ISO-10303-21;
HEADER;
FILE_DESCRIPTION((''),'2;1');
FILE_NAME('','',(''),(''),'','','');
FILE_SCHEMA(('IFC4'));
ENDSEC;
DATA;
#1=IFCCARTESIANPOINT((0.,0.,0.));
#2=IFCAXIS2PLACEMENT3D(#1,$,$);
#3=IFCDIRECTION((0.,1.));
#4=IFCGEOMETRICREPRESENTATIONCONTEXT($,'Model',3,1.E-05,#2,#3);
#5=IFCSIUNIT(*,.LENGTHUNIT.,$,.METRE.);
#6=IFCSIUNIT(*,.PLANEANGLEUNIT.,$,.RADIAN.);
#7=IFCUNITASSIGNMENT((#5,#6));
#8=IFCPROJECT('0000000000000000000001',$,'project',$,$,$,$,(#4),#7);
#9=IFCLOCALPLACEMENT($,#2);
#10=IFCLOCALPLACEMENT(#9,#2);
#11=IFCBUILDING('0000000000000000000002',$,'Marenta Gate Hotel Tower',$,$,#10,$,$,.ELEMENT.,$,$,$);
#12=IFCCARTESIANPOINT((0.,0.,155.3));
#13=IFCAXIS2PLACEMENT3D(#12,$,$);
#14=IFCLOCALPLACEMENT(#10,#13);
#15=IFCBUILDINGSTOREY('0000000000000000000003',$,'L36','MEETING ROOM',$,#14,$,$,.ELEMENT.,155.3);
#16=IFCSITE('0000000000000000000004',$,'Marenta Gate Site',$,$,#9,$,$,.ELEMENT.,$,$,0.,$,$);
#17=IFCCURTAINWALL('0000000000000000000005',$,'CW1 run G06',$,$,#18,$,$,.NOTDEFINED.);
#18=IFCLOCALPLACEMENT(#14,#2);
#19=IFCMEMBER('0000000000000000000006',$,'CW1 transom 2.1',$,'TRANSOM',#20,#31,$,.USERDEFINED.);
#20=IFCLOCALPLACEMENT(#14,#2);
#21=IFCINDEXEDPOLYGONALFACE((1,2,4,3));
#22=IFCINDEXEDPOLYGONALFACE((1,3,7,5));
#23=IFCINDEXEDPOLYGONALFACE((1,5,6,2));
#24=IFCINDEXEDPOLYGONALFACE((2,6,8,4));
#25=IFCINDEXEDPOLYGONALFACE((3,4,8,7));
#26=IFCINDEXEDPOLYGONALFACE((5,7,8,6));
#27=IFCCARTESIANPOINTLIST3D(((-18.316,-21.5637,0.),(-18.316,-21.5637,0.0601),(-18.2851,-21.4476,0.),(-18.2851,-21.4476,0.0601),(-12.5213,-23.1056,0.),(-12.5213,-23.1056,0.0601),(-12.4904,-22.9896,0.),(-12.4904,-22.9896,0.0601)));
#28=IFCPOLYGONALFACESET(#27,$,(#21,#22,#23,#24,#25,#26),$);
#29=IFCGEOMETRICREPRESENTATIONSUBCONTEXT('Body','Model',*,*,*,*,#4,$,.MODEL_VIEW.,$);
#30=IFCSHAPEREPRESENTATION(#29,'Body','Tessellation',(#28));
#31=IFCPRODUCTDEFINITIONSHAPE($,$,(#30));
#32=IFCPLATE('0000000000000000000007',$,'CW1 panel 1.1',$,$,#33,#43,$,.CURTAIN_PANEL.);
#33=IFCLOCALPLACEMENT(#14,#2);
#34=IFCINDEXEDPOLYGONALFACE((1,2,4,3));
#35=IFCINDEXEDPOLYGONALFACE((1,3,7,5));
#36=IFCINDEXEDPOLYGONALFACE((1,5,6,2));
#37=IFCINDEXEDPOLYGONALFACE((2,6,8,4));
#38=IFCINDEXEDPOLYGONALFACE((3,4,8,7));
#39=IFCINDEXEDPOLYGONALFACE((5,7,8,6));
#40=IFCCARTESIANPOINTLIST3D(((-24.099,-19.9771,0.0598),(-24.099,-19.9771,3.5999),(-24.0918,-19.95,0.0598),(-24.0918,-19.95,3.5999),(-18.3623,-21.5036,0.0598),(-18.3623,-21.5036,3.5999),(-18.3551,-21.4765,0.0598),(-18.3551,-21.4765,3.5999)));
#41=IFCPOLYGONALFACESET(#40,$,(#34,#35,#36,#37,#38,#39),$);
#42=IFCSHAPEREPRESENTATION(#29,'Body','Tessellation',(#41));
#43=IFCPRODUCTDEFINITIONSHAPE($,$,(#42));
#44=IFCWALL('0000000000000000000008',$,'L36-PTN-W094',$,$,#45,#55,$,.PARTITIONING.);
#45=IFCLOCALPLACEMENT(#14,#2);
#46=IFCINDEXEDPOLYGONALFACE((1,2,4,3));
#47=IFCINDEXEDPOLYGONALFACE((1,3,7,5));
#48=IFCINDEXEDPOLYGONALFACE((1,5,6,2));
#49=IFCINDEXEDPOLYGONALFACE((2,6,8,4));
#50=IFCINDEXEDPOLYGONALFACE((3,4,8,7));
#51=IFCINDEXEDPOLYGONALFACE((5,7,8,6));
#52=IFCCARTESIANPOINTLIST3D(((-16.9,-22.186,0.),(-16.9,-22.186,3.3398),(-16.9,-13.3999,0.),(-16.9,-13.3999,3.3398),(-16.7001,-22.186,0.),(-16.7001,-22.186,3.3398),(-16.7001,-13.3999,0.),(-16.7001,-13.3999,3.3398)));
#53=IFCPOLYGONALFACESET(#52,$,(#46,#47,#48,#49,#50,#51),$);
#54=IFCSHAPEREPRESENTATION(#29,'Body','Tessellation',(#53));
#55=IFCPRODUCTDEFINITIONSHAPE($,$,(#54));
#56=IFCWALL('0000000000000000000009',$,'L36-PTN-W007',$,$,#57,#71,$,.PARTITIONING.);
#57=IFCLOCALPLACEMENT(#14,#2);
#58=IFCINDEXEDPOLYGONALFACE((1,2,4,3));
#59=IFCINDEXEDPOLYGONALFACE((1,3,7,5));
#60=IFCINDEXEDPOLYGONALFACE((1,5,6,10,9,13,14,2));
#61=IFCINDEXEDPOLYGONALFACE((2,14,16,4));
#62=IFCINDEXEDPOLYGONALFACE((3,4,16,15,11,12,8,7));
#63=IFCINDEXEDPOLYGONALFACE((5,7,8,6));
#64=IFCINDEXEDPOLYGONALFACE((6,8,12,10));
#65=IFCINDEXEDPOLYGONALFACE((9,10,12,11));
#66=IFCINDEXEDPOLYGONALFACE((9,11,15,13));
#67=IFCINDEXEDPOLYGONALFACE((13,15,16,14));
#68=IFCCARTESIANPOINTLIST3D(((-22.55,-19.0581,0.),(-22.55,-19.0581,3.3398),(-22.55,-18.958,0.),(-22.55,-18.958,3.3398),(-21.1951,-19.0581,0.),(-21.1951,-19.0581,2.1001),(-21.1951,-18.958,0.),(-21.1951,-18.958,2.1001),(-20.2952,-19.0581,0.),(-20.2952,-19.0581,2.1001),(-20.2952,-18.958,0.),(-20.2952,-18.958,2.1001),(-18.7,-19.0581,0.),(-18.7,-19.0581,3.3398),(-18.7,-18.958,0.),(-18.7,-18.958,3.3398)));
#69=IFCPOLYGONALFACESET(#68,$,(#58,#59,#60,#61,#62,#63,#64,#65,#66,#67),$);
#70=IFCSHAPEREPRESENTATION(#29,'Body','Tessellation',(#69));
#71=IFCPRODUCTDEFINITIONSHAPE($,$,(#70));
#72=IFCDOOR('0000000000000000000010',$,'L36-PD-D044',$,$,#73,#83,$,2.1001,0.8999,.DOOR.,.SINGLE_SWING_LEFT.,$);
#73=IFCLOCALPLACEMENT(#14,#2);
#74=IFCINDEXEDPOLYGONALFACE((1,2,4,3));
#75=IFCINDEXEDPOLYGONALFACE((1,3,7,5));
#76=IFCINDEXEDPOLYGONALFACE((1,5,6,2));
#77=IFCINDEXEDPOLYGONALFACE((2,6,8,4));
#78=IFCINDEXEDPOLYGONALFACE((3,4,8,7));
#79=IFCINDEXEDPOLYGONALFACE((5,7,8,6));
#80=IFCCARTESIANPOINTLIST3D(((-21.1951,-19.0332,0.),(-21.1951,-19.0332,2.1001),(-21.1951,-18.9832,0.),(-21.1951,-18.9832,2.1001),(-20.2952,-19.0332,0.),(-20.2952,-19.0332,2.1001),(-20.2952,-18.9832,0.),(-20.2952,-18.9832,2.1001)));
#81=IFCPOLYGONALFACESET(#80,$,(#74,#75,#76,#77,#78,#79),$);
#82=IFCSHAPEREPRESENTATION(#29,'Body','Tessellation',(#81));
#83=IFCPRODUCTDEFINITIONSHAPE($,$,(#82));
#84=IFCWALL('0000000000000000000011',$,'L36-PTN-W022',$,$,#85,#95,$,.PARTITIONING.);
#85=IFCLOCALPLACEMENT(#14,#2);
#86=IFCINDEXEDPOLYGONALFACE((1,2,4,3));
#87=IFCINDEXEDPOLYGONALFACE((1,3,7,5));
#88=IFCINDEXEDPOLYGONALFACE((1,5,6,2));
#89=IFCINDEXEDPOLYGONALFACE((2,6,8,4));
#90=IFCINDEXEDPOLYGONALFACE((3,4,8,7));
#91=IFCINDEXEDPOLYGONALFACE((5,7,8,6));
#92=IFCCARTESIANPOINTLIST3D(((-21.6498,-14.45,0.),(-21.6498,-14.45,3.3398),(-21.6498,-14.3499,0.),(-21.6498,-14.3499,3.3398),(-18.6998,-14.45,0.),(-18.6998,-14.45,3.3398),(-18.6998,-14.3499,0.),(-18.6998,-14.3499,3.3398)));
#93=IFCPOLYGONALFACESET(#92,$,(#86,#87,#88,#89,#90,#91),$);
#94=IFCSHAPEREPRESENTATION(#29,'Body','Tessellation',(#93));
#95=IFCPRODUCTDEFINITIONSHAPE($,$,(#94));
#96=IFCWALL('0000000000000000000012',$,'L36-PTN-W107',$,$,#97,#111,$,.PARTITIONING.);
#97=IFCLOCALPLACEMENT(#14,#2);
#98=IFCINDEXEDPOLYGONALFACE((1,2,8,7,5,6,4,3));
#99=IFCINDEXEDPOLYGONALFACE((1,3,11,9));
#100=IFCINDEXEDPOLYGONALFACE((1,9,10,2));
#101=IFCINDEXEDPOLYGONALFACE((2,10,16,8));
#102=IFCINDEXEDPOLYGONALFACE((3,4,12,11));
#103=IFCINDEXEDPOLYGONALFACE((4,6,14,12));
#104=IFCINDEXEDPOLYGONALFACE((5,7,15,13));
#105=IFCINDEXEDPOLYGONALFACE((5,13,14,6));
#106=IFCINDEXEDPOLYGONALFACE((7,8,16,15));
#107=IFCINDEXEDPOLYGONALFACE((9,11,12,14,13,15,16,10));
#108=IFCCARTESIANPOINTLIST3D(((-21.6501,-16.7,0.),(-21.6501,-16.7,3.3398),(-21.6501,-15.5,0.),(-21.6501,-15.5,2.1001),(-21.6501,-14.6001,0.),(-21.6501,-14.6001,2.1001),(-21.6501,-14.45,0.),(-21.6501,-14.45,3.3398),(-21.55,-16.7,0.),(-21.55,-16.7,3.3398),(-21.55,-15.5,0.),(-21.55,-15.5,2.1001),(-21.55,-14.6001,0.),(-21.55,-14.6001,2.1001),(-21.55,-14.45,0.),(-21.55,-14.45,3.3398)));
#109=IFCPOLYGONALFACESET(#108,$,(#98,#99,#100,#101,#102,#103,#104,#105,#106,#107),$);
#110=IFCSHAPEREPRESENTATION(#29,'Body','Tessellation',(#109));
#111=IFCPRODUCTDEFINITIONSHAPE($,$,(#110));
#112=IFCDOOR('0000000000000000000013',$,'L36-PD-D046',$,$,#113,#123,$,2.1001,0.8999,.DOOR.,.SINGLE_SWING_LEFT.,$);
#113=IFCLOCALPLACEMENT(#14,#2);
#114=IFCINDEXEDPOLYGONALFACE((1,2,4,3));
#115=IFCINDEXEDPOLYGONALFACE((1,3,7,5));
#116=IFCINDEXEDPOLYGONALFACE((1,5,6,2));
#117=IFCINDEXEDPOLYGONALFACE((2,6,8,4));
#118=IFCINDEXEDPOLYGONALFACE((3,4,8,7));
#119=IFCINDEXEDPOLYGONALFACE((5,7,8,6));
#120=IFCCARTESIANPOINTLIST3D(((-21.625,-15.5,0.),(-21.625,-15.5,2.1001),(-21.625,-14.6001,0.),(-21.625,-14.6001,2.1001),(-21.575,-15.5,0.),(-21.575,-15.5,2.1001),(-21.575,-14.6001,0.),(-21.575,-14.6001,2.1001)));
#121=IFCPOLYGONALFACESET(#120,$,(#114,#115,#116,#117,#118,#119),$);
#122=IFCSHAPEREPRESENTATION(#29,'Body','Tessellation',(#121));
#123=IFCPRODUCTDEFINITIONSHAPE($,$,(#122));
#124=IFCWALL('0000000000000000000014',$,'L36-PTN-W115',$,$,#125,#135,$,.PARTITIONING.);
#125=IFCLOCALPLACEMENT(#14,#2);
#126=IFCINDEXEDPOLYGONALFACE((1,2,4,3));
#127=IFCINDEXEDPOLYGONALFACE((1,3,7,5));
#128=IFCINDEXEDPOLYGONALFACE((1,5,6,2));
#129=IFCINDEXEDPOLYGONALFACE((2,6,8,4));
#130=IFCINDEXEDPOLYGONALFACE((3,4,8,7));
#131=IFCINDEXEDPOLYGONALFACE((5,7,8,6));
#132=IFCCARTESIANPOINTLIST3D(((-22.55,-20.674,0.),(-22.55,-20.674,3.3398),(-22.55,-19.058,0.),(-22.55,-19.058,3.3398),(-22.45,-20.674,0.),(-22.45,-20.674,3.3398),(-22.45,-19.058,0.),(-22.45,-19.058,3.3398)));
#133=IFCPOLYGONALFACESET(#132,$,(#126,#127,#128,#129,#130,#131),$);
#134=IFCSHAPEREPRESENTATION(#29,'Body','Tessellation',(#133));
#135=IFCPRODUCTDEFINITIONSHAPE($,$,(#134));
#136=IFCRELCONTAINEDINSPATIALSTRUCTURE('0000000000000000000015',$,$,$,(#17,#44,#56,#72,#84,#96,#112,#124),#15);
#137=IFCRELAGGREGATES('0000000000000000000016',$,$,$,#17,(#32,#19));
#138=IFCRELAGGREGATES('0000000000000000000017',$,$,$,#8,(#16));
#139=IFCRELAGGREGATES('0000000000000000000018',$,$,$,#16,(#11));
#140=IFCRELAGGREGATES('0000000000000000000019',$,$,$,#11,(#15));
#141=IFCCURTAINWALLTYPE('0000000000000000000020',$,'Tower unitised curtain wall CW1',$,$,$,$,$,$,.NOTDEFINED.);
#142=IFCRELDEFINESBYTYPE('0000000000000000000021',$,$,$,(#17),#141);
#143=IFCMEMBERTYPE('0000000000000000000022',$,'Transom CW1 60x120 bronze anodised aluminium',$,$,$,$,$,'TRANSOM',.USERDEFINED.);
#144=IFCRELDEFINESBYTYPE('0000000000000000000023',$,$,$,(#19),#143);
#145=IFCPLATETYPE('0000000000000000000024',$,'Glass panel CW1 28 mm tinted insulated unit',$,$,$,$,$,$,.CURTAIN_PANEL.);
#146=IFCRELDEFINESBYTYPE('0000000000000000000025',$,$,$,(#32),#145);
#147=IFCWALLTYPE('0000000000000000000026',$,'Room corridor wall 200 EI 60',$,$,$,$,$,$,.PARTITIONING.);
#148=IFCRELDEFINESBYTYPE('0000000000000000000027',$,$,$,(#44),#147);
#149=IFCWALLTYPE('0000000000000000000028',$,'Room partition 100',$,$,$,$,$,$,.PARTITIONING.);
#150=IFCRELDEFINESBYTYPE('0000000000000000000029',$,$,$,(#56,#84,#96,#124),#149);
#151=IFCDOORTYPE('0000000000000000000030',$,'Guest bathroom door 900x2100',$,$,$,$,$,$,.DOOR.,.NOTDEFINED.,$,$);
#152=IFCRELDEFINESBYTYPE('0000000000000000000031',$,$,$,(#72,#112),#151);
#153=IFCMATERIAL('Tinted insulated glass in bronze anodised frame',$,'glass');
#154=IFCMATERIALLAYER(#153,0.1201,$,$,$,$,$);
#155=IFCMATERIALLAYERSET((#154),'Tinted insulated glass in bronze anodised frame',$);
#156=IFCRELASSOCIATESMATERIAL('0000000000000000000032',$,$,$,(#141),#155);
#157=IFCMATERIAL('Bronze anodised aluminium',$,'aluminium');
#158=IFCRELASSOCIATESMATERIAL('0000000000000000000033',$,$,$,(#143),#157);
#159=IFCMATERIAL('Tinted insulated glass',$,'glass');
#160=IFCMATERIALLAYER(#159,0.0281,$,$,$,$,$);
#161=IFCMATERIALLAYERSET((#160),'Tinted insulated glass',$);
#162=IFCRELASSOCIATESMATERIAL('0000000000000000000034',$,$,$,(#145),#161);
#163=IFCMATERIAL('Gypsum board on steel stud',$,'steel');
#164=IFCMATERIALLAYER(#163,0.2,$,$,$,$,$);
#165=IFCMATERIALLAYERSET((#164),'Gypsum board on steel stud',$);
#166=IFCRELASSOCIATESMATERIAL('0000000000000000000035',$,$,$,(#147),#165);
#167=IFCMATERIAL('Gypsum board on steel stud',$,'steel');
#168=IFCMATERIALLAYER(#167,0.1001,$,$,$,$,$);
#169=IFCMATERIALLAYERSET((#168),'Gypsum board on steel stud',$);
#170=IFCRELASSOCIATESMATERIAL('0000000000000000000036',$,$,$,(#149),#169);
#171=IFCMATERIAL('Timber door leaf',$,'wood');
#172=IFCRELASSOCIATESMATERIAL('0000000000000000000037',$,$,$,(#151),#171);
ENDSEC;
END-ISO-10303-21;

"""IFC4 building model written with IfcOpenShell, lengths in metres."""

from ifc_helpers import new_model, si_unit, direction, frame, frame_2d, origin, origin_2d, place, context, subcontext, project, spatial, rectangle, extrude, material, layer, layer_set, material_profile, profile_set, type_object, element, fill, aggregate, save


model = new_model("IFC4")

# Units and contexts
model_context = context("Model", 3, precision=1e-05, world=origin(), true_north=direction((0.0, 1.0)))
body_context = subcontext(model_context, "Body", "Model", "MODEL_VIEW")
ifc_project = project(units=[si_unit("LENGTHUNIT", "METRE"), si_unit("PLANEANGLEUNIT", "RADIAN")], contexts=[model_context])

# Site, building, storey
site_placement = place(None, origin())
site = spatial("IfcSite", under=ifc_project, at=site_placement, Name="Marenta Gate Site", CompositionType="ELEMENT", RefElevation=0.0)
building_placement = place(site_placement, origin())
building = spatial("IfcBuilding", under=site, at=building_placement, Name="Marenta Gate Hotel Tower", CompositionType="ELEMENT")
storey_placement = place(building_placement, frame((0.0, 0.0, 155.3)))
storey = spatial("IfcBuildingStorey", under=building, at=storey_placement, Name="L36", Description="MEETING ROOM", CompositionType="ELEMENT", Elevation=155.3)

# Curtain wall, member, plate
ifc_material_1 = material(Name="Tinted insulated glass in bronze anodised frame", Category="glass")
ifc_layer_1 = layer(ifc_material_1, 0.1201)
ifc_layer_set_1 = layer_set([ifc_layer_1], Name="Tinted insulated glass in bronze anodised frame")
curtain_wall_type = type_object("IfcCurtainWallType", Name="Tower unitised curtain wall CW1", PredefinedType="NOTDEFINED", material=ifc_layer_set_1)
curtain_wall_placement = place(storey_placement, origin())
curtain_wall = element("IfcCurtainWall", 1, at=curtain_wall_placement, inside=storey, type_object=curtain_wall_type, Name="CW1 run G06", PredefinedType="NOTDEFINED")
ifc_material_2 = material(Name="Bronze anodised aluminium", Category="aluminium")
ifc_material_profile_1 = material_profile(ifc_material_2, rectangle(XDim=0.1201, YDim=0.0601, at=origin_2d()), Name="Transom CW1 60x120 bronze anodised aluminium")
ifc_profile_set_1 = profile_set([ifc_material_profile_1], Name="Bronze anodised aluminium")
member_type_1 = type_object("IfcMemberType", Name="Transom CW1 60x120 bronze anodised aluminium", ElementType="TRANSOM", PredefinedType="USERDEFINED", material=ifc_profile_set_1)
member_1_placement = place(storey_placement, frame((-18.3005, -21.5056, 0.03), z_axis=(0.96637, -0.257156, 0.0), x_axis=(0.257156, 0.96637, 0.0)))
member_1 = element("IfcMember", 2, at=member_1_placement, type_object=member_type_1, Name="CW1 transom 2.1", ObjectType="TRANSOM", PredefinedType="USERDEFINED", context=body_context, shape_type="SweptSolid", body=[
    extrude(rectangle(XDim=0.1201, YDim=0.0601, at=origin_2d()), origin(), (0.0, 0.0, 1.0), 5.9963),
])
ifc_material_3 = material(Name="Tinted insulated glass", Category="glass")
ifc_layer_2 = layer(ifc_material_3, 0.0281)
ifc_layer_set_2 = layer_set([ifc_layer_2], Name="Tinted insulated glass")
plate_type = type_object("IfcPlateType", Name="Glass panel CW1 28 mm tinted insulated unit", PredefinedType="CURTAIN_PANEL", material=ifc_layer_set_2)
plate_placement = place(storey_placement, frame((-21.2271, -20.7268, 0.0598), z_axis=(0.0, 0.0, 1.0), x_axis=(0.966373, -0.257144, 0.0)))
plate = element("IfcPlate", 3, at=plate_placement, type_object=plate_type, Name="CW1 panel 1.1", PredefinedType="CURTAIN_PANEL", context=body_context, shape_type="SweptSolid", body=[
    extrude(rectangle(XDim=5.9363, YDim=0.0281, at=origin_2d()), origin(), (0.0, 0.0, 1.0), 3.54),
])
aggregate(curtain_wall, [plate, member_1])

# Wall
ifc_material_4 = material(Name="Gypsum board on steel stud", Category="steel")
ifc_layer_3 = layer(ifc_material_4, 0.2)
ifc_layer_set_3 = layer_set([ifc_layer_3], Name="Gypsum board on steel stud")
wall_type_1 = type_object("IfcWallType", Name="Room corridor wall 200 EI 60", PredefinedType="PARTITIONING", material=ifc_layer_set_3)
wall_1_placement = place(storey_placement, frame((-16.8, -22.186, 0.0), z_axis=(0.0, 0.0, 1.0), x_axis=(0.0, 1.0, 0.0)))
element("IfcWall", 4, at=wall_1_placement, inside=storey, type_object=wall_type_1, Name="L36-PTN-W094", PredefinedType="PARTITIONING", context=body_context, shape_type="SweptSolid", body=[
    extrude(rectangle(XDim=8.7861, YDim=0.2, at=frame_2d((4.3931, 0.0))), origin(), (0.0, 0.0, 1.0), 3.3398),
])

# Wall, opening, door
ifc_material_5 = material(Name="Gypsum board on steel stud", Category="steel")
ifc_layer_4 = layer(ifc_material_5, 0.1001)
ifc_layer_set_4 = layer_set([ifc_layer_4], Name="Gypsum board on steel stud")
wall_type_2 = type_object("IfcWallType", Name="Room partition 100", PredefinedType="PARTITIONING", material=ifc_layer_set_4)
wall_2_placement = place(storey_placement, frame((-22.55, -19.0081, 0.0), z_axis=(0.0, 0.0, 1.0), x_axis=(1.0, 0.0, 0.0)))
wall_2 = element("IfcWall", 5, at=wall_2_placement, inside=storey, type_object=wall_type_2, Name="L36-PTN-W007", PredefinedType="PARTITIONING", context=body_context, shape_type="SweptSolid", body=[
    extrude(rectangle(XDim=3.8501, YDim=0.1001, at=frame_2d((1.925, 0.0))), origin(), (0.0, 0.0, 1.0), 3.3398),
])
opening_1_placement = place(wall_2_placement, frame((1.355, 0.0, 0.0)))
opening_1 = element("IfcOpeningElement", 6, at=opening_1_placement, cuts=wall_2, PredefinedType="OPENING", context=body_context, shape_type="SweptSolid", body=[
    extrude(rectangle(XDim=0.8999, YDim=2.1001, at=frame_2d((0.45, 1.05))), frame((0.0, 0.05, 0.0), z_axis=(0.0, -1.0, 0.0), x_axis=(1.0, 0.0, 0.0)), (0.0, 0.0, 1.0), 0.1001),
])
ifc_material_6 = material(Name="Timber door leaf", Category="wood")
door_type_1 = type_object("IfcDoorType", Name="Guest bathroom door 900x2100", OperationType="NOTDEFINED", PredefinedType="DOOR", material=ifc_material_6)
door_1_placement = place(opening_1_placement, origin())
door_1 = element("IfcDoor", 7, at=door_1_placement, inside=storey, type_object=door_type_1, Name="L36-PD-D044", OperationType="SINGLE_SWING_LEFT", OverallHeight=2.1001, OverallWidth=0.8999, PredefinedType="DOOR", context=body_context, shape_type="SweptSolid", body=[
    extrude(rectangle(XDim=0.8999, YDim=2.1001, at=frame_2d((0.45, 1.05))), frame((0.0, 0.0249, 0.0), z_axis=(0.0, -1.0, 0.0), x_axis=(1.0, 0.0, 0.0)), (0.0, 0.0, 1.0), 0.05),
])
fill(opening_1, door_1)

# Wall
wall_3_placement = place(storey_placement, frame((-21.6499, -14.3999, 0.0), z_axis=(0.0, 0.0, 1.0), x_axis=(1.0, 0.0, 0.0)))
element("IfcWall", 8, at=wall_3_placement, inside=storey, type_object=wall_type_2, Name="L36-PTN-W022", PredefinedType="PARTITIONING", context=body_context, shape_type="SweptSolid", body=[
    extrude(rectangle(XDim=2.95, YDim=0.1001, at=frame_2d((1.4751, 0.0))), origin(), (0.0, 0.0, 1.0), 3.3398),
])

# Wall, opening, door
wall_4_placement = place(storey_placement, frame((-21.6001, -16.7, 0.0), z_axis=(0.0, 0.0, 1.0), x_axis=(0.0, 1.0, 0.0)))
wall_4 = element("IfcWall", 9, at=wall_4_placement, inside=storey, type_object=wall_type_2, Name="L36-PTN-W107", PredefinedType="PARTITIONING", context=body_context, shape_type="SweptSolid", body=[
    extrude(rectangle(XDim=2.25, YDim=0.1001, at=frame_2d((1.125, 0.0))), origin(), (0.0, 0.0, 1.0), 3.3398),
])
opening_2_placement = place(wall_4_placement, frame((1.2, 0.0, 0.0)))
opening_2 = element("IfcOpeningElement", 10, at=opening_2_placement, cuts=wall_4, PredefinedType="OPENING", context=body_context, shape_type="SweptSolid", body=[
    extrude(rectangle(XDim=0.8999, YDim=2.1001, at=frame_2d((0.45, 1.05))), frame((0.0, 0.05, 0.0), z_axis=(0.0, -1.0, 0.0), x_axis=(1.0, 0.0, 0.0)), (0.0, 0.0, 1.0), 0.1001),
])
door_2_placement = place(opening_2_placement, origin())
door_2 = element("IfcDoor", 11, at=door_2_placement, inside=storey, type_object=door_type_1, Name="L36-PD-D046", OperationType="SINGLE_SWING_LEFT", OverallHeight=2.1001, OverallWidth=0.8999, PredefinedType="DOOR", context=body_context, shape_type="SweptSolid", body=[
    extrude(rectangle(XDim=0.8999, YDim=2.1001, at=frame_2d((0.45, 1.05))), frame((0.0, 0.0249, 0.0), z_axis=(0.0, -1.0, 0.0), x_axis=(1.0, 0.0, 0.0)), (0.0, 0.0, 1.0), 0.05),
])
fill(opening_2, door_2)

# Wall
wall_5_placement = place(storey_placement, frame((-22.5, -20.6741, 0.0), z_axis=(0.0, 0.0, 1.0), x_axis=(0.0, 1.0, 0.0)))
element("IfcWall", 12, at=wall_5_placement, inside=storey, type_object=wall_type_2, Name="L36-PTN-W115", PredefinedType="PARTITIONING", context=body_context, shape_type="SweptSolid", body=[
    extrude(rectangle(XDim=1.616, YDim=0.1001, at=frame_2d((0.8081, 0.0))), origin(), (0.0, 0.0, 1.0), 3.3398),
])

save(model, "model.ifc")
